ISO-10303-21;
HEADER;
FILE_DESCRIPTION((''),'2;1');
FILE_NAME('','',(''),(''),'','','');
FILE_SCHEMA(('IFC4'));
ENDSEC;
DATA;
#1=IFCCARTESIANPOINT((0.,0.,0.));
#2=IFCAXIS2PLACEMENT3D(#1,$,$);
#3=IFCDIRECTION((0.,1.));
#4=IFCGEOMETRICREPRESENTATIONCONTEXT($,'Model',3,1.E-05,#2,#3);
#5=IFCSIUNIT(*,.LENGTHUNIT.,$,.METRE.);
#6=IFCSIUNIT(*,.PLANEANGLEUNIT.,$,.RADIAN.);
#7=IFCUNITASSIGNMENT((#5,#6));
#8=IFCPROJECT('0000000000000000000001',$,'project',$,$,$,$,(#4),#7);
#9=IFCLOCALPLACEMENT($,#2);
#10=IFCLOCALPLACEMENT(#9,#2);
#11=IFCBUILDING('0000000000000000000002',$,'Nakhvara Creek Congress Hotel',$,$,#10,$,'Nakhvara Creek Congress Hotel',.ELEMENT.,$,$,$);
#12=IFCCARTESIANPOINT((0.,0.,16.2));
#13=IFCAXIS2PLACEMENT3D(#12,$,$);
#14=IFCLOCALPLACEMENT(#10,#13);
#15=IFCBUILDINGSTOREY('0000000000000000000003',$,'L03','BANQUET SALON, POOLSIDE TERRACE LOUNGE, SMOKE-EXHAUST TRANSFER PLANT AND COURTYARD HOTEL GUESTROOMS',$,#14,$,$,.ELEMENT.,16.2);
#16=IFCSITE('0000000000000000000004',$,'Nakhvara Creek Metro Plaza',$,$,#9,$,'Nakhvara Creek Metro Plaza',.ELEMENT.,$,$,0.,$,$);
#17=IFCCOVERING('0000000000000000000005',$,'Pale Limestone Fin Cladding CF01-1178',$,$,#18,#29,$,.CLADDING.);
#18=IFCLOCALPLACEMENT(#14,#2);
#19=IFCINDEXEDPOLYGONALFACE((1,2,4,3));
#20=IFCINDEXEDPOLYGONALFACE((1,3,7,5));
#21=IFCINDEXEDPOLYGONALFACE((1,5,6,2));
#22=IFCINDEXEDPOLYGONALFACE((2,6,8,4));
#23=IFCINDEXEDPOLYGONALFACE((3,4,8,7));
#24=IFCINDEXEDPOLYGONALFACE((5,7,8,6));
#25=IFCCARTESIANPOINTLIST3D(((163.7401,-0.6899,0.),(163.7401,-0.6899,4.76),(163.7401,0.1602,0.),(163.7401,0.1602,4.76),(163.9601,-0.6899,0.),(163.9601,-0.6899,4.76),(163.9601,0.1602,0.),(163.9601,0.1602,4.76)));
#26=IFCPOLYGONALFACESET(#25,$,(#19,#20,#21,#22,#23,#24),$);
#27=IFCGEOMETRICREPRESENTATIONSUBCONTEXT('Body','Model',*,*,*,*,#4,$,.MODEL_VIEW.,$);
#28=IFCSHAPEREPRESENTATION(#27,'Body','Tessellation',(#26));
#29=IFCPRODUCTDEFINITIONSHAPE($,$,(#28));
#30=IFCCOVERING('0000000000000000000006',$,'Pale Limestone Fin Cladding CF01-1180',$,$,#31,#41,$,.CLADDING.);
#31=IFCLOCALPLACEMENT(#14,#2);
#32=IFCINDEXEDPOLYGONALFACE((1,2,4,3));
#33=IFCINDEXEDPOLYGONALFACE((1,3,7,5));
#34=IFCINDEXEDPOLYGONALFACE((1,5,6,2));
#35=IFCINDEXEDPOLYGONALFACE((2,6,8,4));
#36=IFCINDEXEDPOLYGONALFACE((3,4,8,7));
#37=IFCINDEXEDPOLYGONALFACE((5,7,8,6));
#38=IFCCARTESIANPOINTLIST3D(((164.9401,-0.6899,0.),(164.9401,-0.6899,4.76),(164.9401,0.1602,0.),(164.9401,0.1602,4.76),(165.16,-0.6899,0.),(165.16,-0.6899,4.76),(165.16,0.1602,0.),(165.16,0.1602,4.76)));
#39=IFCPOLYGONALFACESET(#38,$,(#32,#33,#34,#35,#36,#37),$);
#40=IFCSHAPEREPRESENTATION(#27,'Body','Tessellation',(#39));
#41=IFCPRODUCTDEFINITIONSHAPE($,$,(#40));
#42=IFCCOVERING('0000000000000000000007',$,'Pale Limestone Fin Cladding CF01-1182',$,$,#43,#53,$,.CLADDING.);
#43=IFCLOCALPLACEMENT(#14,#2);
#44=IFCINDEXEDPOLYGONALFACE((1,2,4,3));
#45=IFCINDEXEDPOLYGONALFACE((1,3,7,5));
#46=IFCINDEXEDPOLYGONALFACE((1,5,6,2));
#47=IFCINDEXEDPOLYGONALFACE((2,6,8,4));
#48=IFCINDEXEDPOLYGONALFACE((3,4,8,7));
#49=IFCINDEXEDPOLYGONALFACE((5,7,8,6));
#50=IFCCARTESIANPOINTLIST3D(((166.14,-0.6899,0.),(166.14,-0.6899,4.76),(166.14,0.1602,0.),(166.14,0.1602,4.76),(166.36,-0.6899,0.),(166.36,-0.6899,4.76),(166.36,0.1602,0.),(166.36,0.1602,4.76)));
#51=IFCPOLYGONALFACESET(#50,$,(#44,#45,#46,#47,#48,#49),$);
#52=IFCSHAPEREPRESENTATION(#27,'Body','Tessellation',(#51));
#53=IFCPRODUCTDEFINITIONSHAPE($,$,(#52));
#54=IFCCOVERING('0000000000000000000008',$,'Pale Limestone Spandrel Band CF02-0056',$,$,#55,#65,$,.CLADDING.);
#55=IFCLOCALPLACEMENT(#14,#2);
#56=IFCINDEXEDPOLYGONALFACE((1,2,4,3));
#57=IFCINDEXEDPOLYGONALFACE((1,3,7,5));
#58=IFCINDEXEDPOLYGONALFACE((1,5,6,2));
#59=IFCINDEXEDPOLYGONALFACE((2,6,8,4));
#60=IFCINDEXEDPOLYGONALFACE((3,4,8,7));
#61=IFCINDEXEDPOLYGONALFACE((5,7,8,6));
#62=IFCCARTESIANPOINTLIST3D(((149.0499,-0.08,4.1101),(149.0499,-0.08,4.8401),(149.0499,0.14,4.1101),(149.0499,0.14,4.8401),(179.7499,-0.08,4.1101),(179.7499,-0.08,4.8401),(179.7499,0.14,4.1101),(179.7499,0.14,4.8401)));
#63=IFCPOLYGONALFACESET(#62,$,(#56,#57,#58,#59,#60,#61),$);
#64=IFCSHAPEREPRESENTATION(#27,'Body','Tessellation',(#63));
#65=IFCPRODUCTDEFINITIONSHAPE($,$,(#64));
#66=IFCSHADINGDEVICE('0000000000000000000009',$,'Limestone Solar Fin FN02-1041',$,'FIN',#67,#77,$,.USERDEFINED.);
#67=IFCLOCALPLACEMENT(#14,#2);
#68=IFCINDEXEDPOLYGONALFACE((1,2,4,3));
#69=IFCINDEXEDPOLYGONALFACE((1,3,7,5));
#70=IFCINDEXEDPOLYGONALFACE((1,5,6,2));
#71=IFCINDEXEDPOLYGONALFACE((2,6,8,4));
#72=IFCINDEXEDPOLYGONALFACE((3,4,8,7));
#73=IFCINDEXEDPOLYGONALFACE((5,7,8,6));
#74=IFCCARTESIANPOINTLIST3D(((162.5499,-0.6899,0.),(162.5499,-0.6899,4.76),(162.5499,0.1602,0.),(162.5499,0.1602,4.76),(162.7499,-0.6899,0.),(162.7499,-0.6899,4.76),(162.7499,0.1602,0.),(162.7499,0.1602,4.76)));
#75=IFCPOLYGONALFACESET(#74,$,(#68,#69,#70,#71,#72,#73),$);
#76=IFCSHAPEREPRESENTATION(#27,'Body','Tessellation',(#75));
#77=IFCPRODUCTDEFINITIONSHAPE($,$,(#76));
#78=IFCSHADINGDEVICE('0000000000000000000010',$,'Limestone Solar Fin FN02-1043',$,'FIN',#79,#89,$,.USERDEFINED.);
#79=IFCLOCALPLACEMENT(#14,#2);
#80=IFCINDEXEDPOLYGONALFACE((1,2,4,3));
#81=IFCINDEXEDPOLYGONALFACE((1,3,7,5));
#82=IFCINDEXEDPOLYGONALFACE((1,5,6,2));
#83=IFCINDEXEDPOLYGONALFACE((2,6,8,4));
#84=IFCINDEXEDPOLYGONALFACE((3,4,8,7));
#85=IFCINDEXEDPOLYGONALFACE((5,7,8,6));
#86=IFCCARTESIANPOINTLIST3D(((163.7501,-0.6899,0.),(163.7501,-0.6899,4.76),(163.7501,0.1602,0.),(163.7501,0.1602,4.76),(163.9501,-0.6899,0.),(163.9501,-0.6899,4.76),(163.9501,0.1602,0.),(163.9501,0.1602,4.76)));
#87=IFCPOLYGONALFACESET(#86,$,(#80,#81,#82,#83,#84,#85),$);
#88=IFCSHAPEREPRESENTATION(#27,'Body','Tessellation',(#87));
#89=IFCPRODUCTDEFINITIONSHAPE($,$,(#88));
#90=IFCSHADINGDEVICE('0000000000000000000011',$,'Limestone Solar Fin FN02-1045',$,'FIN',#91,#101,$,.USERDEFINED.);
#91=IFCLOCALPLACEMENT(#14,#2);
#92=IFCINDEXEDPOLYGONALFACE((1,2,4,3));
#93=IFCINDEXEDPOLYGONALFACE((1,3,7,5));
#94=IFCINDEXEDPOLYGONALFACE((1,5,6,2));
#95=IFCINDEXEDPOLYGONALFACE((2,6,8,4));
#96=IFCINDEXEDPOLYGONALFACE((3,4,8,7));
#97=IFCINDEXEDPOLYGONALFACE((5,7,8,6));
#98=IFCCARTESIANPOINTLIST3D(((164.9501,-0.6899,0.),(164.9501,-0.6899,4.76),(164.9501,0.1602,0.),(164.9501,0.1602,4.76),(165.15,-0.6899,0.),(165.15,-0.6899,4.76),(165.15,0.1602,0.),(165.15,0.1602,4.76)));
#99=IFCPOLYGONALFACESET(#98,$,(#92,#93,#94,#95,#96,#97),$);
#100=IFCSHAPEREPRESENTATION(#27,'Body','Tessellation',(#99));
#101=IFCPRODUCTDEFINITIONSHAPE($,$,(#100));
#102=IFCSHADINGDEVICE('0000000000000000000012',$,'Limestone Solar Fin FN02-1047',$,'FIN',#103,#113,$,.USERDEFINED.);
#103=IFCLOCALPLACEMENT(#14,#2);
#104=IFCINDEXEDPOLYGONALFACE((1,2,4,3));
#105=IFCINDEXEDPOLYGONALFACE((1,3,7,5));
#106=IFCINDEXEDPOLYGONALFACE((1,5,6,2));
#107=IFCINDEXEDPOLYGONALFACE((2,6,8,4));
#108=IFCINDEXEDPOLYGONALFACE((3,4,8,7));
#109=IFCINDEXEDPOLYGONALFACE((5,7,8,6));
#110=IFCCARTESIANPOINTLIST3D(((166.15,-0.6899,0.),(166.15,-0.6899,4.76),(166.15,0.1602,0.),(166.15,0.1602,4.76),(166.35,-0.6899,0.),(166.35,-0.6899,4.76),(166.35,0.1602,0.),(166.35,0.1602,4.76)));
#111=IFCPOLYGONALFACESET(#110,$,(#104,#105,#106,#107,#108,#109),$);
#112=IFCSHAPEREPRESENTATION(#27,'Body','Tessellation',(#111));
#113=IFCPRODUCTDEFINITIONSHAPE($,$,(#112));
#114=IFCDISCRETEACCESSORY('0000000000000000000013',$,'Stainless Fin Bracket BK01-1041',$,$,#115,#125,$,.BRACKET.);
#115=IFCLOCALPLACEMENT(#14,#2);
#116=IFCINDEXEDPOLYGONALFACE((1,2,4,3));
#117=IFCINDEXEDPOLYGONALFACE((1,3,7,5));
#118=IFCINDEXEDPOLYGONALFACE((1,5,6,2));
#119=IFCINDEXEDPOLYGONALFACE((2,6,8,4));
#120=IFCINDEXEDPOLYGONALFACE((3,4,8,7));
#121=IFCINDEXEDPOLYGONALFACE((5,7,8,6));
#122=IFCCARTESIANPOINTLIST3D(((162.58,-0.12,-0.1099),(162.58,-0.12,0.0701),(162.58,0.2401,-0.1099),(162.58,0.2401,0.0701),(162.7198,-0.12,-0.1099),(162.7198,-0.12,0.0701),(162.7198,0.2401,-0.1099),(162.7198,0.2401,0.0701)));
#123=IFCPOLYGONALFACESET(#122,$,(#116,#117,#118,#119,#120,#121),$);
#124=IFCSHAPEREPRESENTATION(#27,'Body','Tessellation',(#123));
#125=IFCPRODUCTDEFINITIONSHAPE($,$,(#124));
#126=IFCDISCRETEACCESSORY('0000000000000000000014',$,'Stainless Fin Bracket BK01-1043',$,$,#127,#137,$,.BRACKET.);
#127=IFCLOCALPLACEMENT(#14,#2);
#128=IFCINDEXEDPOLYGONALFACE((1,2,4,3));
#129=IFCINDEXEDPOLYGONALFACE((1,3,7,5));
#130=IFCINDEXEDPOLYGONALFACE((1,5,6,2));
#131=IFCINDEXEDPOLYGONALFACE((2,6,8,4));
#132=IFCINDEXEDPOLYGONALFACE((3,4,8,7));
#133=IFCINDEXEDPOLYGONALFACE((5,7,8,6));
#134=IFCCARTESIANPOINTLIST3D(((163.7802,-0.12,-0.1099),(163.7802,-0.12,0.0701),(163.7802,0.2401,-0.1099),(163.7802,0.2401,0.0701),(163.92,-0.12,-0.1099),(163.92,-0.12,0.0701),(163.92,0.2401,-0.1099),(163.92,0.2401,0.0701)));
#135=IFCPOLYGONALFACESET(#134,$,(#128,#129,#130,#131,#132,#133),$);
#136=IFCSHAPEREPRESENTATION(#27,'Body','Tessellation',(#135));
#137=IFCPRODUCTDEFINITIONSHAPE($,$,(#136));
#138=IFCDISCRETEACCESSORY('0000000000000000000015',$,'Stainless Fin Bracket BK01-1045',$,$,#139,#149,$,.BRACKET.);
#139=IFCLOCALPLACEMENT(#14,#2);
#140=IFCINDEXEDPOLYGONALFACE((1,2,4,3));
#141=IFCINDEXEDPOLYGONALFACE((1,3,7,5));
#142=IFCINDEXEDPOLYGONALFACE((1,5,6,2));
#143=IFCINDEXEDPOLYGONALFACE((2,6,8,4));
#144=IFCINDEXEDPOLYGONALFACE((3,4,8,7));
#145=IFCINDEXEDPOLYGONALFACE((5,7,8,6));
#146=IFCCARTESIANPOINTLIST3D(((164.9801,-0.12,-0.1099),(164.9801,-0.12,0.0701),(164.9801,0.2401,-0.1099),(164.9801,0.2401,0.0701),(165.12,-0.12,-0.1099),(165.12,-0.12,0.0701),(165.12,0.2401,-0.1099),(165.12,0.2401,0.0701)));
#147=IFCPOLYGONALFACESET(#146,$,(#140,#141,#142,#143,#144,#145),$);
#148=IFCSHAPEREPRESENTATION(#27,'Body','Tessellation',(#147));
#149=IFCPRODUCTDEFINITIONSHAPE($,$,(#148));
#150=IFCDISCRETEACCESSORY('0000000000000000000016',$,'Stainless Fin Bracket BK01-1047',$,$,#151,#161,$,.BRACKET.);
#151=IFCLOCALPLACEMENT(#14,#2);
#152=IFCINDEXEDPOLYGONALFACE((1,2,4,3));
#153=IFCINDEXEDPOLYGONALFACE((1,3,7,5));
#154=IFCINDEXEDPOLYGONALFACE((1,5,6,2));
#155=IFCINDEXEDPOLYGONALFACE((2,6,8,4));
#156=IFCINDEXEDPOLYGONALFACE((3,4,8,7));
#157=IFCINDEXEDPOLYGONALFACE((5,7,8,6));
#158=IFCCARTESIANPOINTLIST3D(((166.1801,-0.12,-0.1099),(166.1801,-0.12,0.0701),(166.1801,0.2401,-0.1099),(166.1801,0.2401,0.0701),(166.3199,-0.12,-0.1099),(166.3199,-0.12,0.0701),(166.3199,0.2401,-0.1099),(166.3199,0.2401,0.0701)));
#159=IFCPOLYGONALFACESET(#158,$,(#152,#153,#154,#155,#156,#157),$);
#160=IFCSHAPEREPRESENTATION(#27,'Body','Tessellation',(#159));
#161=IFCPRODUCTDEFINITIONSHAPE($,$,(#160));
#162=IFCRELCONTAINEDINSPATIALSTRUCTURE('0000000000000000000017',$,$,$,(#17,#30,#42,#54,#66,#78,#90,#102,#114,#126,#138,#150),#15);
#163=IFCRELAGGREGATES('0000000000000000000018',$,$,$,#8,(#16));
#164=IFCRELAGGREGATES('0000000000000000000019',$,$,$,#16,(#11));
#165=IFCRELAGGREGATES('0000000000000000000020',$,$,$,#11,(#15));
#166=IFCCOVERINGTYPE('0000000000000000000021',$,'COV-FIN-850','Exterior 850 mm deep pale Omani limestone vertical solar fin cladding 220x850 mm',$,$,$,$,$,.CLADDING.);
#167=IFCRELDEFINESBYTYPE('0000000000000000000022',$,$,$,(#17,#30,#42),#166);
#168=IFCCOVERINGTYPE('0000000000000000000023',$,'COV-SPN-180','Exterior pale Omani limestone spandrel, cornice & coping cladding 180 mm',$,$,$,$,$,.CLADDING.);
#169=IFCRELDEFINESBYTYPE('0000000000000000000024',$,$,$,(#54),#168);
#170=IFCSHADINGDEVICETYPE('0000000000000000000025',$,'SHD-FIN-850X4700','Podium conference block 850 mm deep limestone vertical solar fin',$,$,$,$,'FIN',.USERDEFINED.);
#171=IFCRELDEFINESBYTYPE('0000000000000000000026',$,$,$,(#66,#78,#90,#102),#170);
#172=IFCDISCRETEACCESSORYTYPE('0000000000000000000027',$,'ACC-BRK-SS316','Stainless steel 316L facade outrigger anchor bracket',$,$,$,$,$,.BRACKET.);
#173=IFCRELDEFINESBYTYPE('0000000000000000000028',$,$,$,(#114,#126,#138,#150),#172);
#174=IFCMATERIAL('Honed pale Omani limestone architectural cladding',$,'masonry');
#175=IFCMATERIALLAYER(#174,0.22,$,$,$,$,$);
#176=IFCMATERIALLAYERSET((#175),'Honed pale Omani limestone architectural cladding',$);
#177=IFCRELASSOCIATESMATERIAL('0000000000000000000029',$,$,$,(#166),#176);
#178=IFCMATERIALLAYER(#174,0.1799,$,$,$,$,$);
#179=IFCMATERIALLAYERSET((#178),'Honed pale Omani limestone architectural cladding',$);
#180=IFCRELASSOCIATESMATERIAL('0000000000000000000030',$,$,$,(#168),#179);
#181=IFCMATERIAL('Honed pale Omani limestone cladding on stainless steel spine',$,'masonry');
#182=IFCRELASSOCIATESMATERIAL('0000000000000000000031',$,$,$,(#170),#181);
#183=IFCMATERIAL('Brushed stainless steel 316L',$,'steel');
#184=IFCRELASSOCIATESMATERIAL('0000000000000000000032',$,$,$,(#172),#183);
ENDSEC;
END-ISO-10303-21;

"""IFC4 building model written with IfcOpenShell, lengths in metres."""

from ifc_helpers import new_model, si_unit, direction, frame, origin, origin_2d, place, context, subcontext, project, spatial, rectangle, extrude, material, layer, layer_set, type_object, element, save


model = new_model("IFC4")

# Units and contexts
model_context = context("Model", 3, precision=1e-05, world=origin(), true_north=direction((0.0, 1.0)))
body_context = subcontext(model_context, "Body", "Model", "MODEL_VIEW")
ifc_project = project(units=[si_unit("LENGTHUNIT", "METRE"), si_unit("PLANEANGLEUNIT", "RADIAN")], contexts=[model_context])

# Site, building, storey
site_placement = place(None, origin())
site = spatial("IfcSite", under=ifc_project, at=site_placement, Name="Nakhvara Creek Metro Plaza", LongName="Nakhvara Creek Metro Plaza", CompositionType="ELEMENT", RefElevation=0.0)
building_placement = place(site_placement, origin())
building = spatial("IfcBuilding", under=site, at=building_placement, Name="Nakhvara Creek Congress Hotel", LongName="Nakhvara Creek Congress Hotel", CompositionType="ELEMENT")
storey_placement = place(building_placement, frame((0.0, 0.0, 16.2)))
storey = spatial("IfcBuildingStorey", under=building, at=storey_placement, Name="L03", Description="BANQUET SALON, POOLSIDE TERRACE LOUNGE, SMOKE-EXHAUST TRANSFER PLANT AND COURTYARD HOTEL GUESTROOMS", CompositionType="ELEMENT", Elevation=16.2)

# Coverings
ifc_material_1 = material(Name="Honed pale Omani limestone architectural cladding", Category="masonry")
ifc_layer_1 = layer(ifc_material_1, 0.22)
ifc_layer_set_1 = layer_set([ifc_layer_1], Name="Honed pale Omani limestone architectural cladding")
covering_type_1 = type_object("IfcCoveringType", Name="COV-FIN-850", Description="Exterior 850 mm deep pale Omani limestone vertical solar fin cladding 220x850 mm", PredefinedType="CLADDING", material=ifc_layer_set_1)
for number, where, z_axis, x_axis, name in (
    (1, (163.8501, -0.2649, 0.0), (0.0, 0.0, 1.0), (1.0, 0.0, 0.0), "Pale Limestone Fin Cladding CF01-1178"),
    (2, (165.05, -0.2649, 0.0), (0.0, 0.0, 1.0), (1.0, 0.0, 0.0), "Pale Limestone Fin Cladding CF01-1180"),
    (3, (166.25, -0.2649, 0.0), (0.0, 0.0, 1.0), (1.0, 0.0, 0.0), "Pale Limestone Fin Cladding CF01-1182"),
):
    element("IfcCovering", number, at=place(storey_placement, frame(where, z_axis=z_axis, x_axis=x_axis)), inside=storey, type_object=covering_type_1, Name=name, PredefinedType="CLADDING", context=body_context, shape_type="SweptSolid", body=[
        extrude(rectangle(XDim=0.22, YDim=0.8501, at=origin_2d()), origin(), (0.0, 0.0, 1.0), 4.76),
    ])
ifc_layer_2 = layer(ifc_material_1, 0.1799)
ifc_layer_set_2 = layer_set([ifc_layer_2], Name="Honed pale Omani limestone architectural cladding")
covering_type_2 = type_object("IfcCoveringType", Name="COV-SPN-180", Description="Exterior pale Omani limestone spandrel, cornice & coping cladding 180 mm", PredefinedType="CLADDING", material=ifc_layer_set_2)
covering_placement = place(storey_placement, frame((164.3999, 0.03, 4.1101), z_axis=(0.0, 0.0, 1.0), x_axis=(1.0, 0.0, 0.0)))
element("IfcCovering", 4, at=covering_placement, inside=storey, type_object=covering_type_2, Name="Pale Limestone Spandrel Band CF02-0056", PredefinedType="CLADDING", context=body_context, shape_type="SweptSolid", body=[
    extrude(rectangle(XDim=30.7, YDim=0.22, at=origin_2d()), origin(), (0.0, 0.0, 1.0), 0.73),
])

# Shading devices
ifc_material_2 = material(Name="Honed pale Omani limestone cladding on stainless steel spine", Category="masonry")
shading_device_type = type_object("IfcShadingDeviceType", Name="SHD-FIN-850X4700", Description="Podium conference block 850 mm deep limestone vertical solar fin", ElementType="FIN", PredefinedType="USERDEFINED", material=ifc_material_2)
for number, where, z_axis, x_axis, name in (
    (5, (162.6499, -0.2649, 0.0), (0.0, 0.0, 1.0), (1.0, 0.0, 0.0), "Limestone Solar Fin FN02-1041"),
    (6, (163.8501, -0.2649, 0.0), (0.0, 0.0, 1.0), (1.0, 0.0, 0.0), "Limestone Solar Fin FN02-1043"),
    (7, (165.05, -0.2649, 0.0), (0.0, 0.0, 1.0), (1.0, 0.0, 0.0), "Limestone Solar Fin FN02-1045"),
    (8, (166.25, -0.2649, 0.0), (0.0, 0.0, 1.0), (1.0, 0.0, 0.0), "Limestone Solar Fin FN02-1047"),
):
    element("IfcShadingDevice", number, at=place(storey_placement, frame(where, z_axis=z_axis, x_axis=x_axis)), inside=storey, type_object=shading_device_type, Name=name, ObjectType="FIN", PredefinedType="USERDEFINED", context=body_context, shape_type="SweptSolid", body=[
        extrude(rectangle(XDim=0.2, YDim=0.8501, at=origin_2d()), origin(), (0.0, 0.0, 1.0), 4.76),
    ])

# Discrete accessories
ifc_material_3 = material(Name="Brushed stainless steel 316L", Category="steel")
discrete_accessory_type = type_object("IfcDiscreteAccessoryType", Name="ACC-BRK-SS316", Description="Stainless steel 316L facade outrigger anchor bracket", PredefinedType="BRACKET", material=ifc_material_3)
for number, where, z_axis, x_axis, name in (
    (9, (162.6499, 0.0601, -0.1099), (0.0, 0.0, 1.0), (1.0, 0.0, 0.0), "Stainless Fin Bracket BK01-1041"),
    (10, (163.8501, 0.0601, -0.1099), (0.0, 0.0, 1.0), (1.0, 0.0, 0.0), "Stainless Fin Bracket BK01-1043"),
    (11, (165.05, 0.0601, -0.1099), (0.0, 0.0, 1.0), (1.0, 0.0, 0.0), "Stainless Fin Bracket BK01-1045"),
    (12, (166.25, 0.0601, -0.1099), (0.0, 0.0, 1.0), (1.0, 0.0, 0.0), "Stainless Fin Bracket BK01-1047"),
):
    element("IfcDiscreteAccessory", number, at=place(storey_placement, frame(where, z_axis=z_axis, x_axis=x_axis)), inside=storey, type_object=discrete_accessory_type, Name=name, PredefinedType="BRACKET", context=body_context, shape_type="SweptSolid", body=[
        extrude(rectangle(XDim=0.1399, YDim=0.3601, at=origin_2d()), origin(), (0.0, 0.0, 1.0), 0.1799),
    ])

save(model, "model.ifc")
